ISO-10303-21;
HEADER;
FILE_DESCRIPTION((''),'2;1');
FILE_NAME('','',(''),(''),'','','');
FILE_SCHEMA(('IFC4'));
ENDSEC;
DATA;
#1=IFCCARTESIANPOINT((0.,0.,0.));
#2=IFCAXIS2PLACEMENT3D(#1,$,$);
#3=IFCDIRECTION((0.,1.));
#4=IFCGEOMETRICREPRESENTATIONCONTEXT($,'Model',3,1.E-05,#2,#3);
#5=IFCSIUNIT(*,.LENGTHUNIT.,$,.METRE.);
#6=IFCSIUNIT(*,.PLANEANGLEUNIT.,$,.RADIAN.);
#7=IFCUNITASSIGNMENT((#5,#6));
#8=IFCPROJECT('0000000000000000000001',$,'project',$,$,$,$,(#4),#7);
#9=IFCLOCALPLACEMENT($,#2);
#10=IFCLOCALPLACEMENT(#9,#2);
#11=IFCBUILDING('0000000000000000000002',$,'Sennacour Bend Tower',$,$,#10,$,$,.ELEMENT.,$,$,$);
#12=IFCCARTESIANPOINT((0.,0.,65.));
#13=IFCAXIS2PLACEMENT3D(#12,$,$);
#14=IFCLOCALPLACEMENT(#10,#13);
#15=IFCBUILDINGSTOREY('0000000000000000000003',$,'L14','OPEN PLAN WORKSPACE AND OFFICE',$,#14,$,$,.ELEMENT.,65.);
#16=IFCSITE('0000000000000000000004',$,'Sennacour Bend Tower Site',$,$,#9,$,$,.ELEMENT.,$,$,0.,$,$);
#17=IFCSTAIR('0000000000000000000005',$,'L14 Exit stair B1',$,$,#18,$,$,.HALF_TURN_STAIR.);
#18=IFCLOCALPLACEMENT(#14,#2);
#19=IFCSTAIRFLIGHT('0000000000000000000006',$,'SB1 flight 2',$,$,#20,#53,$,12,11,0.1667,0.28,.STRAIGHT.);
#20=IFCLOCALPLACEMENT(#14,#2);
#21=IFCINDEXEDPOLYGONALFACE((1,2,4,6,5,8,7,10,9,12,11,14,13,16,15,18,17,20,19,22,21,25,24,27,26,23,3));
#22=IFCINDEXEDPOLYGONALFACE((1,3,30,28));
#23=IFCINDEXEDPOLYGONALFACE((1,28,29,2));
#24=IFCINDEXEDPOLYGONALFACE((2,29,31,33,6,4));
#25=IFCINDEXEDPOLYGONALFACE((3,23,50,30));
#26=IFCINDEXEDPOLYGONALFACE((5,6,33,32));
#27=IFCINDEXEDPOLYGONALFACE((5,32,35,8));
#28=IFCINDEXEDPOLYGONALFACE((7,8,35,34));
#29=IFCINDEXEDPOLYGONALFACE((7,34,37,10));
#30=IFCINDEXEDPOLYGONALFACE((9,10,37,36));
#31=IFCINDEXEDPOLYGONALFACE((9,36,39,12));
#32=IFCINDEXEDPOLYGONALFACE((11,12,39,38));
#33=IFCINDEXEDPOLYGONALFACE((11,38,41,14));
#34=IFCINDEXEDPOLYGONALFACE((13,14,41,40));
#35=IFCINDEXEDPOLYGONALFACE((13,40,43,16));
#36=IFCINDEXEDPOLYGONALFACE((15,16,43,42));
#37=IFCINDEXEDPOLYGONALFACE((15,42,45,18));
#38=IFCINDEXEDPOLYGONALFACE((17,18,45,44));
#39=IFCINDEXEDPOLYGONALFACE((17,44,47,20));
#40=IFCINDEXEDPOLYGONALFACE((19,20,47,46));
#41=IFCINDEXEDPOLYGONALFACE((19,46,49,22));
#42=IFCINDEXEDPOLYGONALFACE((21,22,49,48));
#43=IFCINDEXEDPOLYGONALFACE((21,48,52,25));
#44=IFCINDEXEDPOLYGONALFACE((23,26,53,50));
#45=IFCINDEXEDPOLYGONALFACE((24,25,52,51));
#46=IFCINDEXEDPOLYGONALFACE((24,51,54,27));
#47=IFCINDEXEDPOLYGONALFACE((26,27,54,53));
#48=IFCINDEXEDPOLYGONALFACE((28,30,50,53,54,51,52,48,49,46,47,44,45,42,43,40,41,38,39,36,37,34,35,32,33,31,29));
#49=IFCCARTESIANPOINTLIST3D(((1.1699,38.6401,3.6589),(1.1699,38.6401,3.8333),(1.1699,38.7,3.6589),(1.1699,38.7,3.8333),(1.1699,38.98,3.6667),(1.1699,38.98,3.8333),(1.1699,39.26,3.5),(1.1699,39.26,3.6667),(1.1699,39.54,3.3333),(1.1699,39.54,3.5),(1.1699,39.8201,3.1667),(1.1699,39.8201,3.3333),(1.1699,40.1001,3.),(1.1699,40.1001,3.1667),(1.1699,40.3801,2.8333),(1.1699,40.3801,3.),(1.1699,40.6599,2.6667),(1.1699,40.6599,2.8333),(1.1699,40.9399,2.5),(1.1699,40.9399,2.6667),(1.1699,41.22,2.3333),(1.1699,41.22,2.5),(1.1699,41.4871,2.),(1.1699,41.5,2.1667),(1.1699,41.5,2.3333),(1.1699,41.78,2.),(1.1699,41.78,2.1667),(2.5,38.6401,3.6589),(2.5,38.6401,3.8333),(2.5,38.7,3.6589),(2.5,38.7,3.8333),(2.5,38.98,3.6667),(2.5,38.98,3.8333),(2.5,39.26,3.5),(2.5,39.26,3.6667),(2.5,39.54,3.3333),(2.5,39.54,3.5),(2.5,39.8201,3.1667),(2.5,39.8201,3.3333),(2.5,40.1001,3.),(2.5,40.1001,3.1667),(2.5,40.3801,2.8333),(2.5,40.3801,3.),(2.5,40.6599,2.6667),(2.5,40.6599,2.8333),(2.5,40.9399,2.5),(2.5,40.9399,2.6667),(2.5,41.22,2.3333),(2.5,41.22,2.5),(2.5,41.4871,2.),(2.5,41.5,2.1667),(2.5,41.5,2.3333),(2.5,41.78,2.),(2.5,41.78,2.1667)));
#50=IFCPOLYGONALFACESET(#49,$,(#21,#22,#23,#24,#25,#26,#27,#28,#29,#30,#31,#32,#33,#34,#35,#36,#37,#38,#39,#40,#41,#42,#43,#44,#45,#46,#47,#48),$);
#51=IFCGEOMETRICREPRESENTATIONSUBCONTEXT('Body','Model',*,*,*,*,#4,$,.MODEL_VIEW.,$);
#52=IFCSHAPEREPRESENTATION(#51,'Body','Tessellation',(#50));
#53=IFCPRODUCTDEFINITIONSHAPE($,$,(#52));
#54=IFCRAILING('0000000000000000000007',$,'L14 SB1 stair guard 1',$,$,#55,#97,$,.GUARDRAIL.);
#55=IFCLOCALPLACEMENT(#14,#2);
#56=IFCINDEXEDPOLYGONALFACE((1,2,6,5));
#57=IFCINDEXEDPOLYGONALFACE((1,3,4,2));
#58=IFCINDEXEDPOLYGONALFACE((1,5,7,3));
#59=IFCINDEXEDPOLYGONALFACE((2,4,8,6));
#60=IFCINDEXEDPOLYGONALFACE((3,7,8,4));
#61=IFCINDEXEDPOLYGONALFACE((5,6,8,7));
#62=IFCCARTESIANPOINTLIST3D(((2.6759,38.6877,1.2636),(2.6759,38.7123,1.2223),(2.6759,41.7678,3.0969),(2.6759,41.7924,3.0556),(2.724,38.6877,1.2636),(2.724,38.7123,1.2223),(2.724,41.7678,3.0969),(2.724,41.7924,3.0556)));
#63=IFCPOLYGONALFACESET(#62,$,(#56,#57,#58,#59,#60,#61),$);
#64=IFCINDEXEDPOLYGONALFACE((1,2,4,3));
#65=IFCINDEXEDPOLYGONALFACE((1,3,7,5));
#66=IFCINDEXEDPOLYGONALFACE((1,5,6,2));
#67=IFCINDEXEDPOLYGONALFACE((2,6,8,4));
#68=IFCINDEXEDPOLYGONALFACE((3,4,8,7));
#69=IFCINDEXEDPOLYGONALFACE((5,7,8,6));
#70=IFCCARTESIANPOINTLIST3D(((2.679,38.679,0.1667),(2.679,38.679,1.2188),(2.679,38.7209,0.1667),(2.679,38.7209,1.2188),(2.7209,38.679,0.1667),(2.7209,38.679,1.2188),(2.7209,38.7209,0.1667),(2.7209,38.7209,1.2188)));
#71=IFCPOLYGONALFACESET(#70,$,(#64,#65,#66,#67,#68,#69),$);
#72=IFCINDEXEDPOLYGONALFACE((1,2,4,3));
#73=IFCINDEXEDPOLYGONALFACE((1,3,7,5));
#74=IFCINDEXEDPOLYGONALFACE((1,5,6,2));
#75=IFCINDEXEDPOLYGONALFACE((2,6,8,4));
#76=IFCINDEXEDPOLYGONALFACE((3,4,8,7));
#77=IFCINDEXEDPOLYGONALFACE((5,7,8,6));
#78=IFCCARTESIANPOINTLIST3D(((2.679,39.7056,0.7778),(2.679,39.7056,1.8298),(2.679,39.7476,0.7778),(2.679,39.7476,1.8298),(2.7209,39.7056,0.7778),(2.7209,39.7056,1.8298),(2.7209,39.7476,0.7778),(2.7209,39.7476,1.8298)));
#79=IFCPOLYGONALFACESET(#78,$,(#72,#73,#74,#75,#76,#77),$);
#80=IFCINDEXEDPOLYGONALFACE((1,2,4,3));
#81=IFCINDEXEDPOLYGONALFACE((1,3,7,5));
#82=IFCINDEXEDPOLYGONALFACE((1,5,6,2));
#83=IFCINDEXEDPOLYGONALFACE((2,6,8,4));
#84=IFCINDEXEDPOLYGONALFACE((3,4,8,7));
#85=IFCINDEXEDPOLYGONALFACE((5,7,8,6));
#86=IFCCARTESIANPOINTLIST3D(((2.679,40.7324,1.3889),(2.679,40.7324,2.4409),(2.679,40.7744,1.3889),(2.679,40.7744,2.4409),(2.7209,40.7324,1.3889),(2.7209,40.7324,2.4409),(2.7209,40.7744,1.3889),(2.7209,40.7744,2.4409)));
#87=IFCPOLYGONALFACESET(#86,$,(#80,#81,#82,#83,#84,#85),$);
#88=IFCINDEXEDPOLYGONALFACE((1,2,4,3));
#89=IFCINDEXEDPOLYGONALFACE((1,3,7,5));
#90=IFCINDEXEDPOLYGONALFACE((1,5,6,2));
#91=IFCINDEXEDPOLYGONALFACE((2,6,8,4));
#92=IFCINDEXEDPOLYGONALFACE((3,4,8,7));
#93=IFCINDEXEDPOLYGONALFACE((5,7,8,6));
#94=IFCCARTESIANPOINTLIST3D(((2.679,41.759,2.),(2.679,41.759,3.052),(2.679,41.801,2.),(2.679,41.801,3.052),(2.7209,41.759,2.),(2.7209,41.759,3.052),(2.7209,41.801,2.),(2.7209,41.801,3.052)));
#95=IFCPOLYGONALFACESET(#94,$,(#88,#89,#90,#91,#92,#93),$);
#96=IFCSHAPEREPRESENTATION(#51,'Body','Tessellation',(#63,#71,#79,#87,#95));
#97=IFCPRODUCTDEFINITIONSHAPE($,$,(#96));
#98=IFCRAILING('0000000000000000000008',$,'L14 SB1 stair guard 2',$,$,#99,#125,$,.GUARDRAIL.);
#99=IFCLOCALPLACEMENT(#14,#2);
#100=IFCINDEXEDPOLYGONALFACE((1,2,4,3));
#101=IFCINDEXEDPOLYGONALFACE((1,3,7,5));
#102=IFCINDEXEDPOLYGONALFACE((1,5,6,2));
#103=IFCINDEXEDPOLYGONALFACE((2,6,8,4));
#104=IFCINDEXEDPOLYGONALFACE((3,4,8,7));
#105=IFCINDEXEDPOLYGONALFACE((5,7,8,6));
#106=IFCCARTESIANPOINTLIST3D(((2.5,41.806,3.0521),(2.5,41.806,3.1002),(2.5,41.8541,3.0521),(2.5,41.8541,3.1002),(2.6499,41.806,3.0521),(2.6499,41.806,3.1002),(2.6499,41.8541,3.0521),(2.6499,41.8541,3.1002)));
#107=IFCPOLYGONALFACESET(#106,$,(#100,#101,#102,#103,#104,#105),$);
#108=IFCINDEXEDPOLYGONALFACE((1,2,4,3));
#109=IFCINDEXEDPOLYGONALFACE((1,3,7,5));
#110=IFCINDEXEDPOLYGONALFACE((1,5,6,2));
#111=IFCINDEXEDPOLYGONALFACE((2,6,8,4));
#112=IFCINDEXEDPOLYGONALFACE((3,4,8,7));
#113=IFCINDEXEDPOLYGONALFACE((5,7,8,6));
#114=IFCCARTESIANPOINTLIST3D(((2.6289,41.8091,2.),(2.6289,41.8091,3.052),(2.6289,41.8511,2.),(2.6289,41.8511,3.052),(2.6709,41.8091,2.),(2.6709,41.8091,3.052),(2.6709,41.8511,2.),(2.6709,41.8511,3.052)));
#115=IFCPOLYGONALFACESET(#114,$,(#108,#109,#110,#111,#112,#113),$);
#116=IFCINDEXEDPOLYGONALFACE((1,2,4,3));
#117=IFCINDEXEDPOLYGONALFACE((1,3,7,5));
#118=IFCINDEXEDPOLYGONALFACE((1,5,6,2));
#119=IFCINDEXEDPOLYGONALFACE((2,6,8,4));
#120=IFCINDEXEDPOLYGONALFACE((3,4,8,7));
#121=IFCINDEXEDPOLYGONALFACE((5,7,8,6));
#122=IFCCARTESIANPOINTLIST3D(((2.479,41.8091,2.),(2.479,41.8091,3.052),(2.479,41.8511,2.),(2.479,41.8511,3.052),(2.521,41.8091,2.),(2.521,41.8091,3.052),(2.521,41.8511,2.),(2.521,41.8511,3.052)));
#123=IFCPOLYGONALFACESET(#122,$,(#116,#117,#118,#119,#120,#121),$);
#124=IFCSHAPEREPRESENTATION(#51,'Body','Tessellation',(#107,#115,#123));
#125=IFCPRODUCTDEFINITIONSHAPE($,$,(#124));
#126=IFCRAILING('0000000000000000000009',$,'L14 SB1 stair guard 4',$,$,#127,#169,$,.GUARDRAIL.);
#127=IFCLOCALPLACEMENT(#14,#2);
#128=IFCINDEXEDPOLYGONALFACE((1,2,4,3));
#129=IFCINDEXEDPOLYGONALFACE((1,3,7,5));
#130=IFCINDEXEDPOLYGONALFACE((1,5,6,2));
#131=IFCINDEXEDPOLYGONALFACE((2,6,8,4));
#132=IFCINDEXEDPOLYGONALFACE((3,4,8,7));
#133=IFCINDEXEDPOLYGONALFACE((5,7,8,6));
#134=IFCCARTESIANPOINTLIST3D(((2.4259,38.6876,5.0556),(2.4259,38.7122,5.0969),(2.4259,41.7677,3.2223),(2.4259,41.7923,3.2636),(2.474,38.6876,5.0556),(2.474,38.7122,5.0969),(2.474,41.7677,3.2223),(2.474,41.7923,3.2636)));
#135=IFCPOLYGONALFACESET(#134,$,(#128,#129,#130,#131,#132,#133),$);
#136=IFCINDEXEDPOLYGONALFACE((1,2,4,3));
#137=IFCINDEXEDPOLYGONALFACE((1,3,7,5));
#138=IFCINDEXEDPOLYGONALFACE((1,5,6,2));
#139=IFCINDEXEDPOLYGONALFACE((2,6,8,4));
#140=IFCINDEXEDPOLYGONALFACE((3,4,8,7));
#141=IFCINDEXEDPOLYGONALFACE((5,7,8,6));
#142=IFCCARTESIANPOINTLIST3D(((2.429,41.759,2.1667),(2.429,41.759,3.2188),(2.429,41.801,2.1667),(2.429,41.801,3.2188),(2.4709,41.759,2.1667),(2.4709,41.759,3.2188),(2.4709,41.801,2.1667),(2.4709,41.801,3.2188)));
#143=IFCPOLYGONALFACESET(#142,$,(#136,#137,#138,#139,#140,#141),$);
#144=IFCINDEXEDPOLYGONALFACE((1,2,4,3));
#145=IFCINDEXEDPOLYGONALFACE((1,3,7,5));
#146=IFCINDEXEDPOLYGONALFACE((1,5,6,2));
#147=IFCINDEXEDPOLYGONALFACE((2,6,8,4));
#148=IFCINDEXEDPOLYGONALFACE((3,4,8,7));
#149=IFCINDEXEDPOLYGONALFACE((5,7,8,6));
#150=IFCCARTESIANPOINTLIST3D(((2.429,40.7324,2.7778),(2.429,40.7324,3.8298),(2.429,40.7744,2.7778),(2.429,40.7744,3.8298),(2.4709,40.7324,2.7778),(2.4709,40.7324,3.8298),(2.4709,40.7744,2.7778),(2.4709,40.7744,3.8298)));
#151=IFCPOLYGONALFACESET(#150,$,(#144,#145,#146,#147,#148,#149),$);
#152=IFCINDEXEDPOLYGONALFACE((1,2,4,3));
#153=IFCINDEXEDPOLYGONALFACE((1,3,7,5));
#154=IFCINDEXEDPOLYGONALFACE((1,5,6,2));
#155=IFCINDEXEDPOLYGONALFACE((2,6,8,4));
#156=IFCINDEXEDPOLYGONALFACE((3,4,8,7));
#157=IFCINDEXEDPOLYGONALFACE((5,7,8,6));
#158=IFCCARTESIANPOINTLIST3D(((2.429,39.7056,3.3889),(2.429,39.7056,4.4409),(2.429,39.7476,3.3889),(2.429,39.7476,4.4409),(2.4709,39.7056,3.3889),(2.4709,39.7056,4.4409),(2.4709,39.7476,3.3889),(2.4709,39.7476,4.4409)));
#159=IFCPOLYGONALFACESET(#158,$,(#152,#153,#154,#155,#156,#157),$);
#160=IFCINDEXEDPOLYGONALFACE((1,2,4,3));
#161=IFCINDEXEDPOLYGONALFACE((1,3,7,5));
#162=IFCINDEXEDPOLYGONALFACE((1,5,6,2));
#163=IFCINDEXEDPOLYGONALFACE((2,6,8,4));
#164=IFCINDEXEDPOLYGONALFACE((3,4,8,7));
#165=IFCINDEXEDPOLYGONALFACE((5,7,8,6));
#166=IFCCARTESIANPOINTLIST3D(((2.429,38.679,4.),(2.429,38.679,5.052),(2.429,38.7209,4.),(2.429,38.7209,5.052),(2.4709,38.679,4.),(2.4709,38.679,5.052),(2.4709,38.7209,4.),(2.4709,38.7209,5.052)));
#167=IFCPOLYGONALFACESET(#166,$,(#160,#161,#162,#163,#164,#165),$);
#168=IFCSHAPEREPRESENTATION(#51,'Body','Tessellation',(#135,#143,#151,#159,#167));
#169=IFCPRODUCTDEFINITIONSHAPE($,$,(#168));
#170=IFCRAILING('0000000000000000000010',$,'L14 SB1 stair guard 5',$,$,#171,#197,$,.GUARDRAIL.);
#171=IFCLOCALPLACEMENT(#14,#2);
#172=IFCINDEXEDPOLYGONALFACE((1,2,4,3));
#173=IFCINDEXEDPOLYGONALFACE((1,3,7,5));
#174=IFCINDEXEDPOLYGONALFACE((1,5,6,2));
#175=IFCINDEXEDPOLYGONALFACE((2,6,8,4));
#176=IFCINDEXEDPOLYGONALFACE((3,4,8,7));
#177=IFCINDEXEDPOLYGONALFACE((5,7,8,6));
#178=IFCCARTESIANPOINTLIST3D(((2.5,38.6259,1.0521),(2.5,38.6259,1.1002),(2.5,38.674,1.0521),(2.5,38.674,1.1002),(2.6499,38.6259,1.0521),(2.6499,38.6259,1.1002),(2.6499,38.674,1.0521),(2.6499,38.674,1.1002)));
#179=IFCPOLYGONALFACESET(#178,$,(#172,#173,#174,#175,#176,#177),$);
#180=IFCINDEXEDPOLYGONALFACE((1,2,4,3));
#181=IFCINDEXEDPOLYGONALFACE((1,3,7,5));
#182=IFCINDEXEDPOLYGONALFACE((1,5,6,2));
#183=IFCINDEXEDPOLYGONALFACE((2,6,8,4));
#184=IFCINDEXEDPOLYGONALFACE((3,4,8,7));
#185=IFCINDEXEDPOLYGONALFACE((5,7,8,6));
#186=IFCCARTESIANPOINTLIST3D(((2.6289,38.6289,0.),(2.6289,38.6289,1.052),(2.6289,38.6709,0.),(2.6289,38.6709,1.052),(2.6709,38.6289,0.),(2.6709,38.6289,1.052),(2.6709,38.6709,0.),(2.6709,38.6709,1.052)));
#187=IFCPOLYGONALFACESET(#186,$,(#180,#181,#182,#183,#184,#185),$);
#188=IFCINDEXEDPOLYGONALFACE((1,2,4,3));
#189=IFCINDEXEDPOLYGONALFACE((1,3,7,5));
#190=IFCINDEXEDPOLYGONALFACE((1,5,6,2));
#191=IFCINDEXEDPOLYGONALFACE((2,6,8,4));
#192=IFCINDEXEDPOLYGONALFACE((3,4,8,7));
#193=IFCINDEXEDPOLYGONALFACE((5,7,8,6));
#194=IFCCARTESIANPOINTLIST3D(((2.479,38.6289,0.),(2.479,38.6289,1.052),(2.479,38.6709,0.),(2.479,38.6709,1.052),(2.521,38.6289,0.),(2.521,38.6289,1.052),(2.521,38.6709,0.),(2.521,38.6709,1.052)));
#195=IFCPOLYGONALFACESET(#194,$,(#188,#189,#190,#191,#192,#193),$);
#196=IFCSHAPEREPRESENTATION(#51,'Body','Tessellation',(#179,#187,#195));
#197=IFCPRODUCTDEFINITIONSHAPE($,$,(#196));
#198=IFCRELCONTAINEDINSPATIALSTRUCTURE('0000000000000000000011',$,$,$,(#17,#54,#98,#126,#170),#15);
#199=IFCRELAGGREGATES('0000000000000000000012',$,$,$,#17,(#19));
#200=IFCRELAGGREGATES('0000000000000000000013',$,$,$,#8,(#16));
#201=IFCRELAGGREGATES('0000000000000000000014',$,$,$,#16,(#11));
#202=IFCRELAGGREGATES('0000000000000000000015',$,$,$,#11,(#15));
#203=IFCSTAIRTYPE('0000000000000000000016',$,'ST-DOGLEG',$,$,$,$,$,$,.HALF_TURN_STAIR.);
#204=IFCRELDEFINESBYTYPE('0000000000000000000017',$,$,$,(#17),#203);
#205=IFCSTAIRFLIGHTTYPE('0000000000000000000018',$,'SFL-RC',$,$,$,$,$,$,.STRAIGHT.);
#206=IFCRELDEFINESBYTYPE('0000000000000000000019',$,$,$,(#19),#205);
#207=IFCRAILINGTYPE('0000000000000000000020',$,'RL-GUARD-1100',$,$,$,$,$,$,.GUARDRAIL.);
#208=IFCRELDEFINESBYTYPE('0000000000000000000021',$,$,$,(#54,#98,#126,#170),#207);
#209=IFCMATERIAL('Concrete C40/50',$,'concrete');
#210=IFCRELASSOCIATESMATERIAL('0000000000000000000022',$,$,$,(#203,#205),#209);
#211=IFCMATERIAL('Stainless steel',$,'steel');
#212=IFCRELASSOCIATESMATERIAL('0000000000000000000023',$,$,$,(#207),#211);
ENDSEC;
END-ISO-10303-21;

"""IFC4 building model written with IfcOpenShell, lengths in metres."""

from ifc_helpers import new_model, si_unit, direction, frame, origin, origin_2d, place, context, subcontext, project, spatial, polyline, rectangle, outline, extrude, material, type_object, element, aggregate, save


model = new_model("IFC4")

# Units and contexts
model_context = context("Model", 3, precision=1e-05, world=origin(), true_north=direction((0.0, 1.0)))
body_context = subcontext(model_context, "Body", "Model", "MODEL_VIEW")
ifc_project = project(units=[si_unit("LENGTHUNIT", "METRE"), si_unit("PLANEANGLEUNIT", "RADIAN")], contexts=[model_context])

# Site, building, storey
site_placement = place(None, origin())
site = spatial("IfcSite", under=ifc_project, at=site_placement, Name="Sennacour Bend Tower Site", CompositionType="ELEMENT", RefElevation=0.0)
building_placement = place(site_placement, origin())
building = spatial("IfcBuilding", under=site, at=building_placement, Name="Sennacour Bend Tower", CompositionType="ELEMENT")
storey_placement = place(building_placement, frame((0.0, 0.0, 65.0)))
storey = spatial("IfcBuildingStorey", under=building, at=storey_placement, Name="L14", Description="OPEN PLAN WORKSPACE AND OFFICE", CompositionType="ELEMENT", Elevation=65.0)

# Stair, stair flight
ifc_material_1 = material(Name="Concrete C40/50", Category="concrete")
stair_type = type_object("IfcStairType", Name="ST-DOGLEG", PredefinedType="HALF_TURN_STAIR", material=ifc_material_1)
stair_placement = place(storey_placement, origin())
stair = element("IfcStair", 1, at=stair_placement, inside=storey, type_object=stair_type, Name="L14 Exit stair B1", PredefinedType="HALF_TURN_STAIR")
stair_flight_type = type_object("IfcStairFlightType", Name="SFL-RC", PredefinedType="STRAIGHT", material=ifc_material_1)
stair_flight_1_placement = place(storey_placement, frame((1.835, 41.78, 2.0), z_axis=(0.0, 0.0, 1.0), x_axis=(0.0, -1.0, 0.0)))
stair_flight_1 = element("IfcStairFlight", 2, at=stair_flight_1_placement, type_object=stair_flight_type, Name="SB1 flight 2", NumberOfRisers=12, NumberOfTreads=11, PredefinedType="STRAIGHT", RiserHeight=0.1667, TreadLength=0.28, context=body_context, shape_type="SweptSolid", body=[
    extrude(outline(polyline([(0.0, 0.0), (0.0, 0.1667), (0.28, 0.1667), (0.28, 0.3333), (0.5601, 0.3333), (0.5601, 0.5), (0.8401, 0.5), (0.8401, 0.6667), (1.1201, 0.6667), (1.1201, 0.8333), (1.3999, 0.8333), (1.3999, 1.0), (1.6799, 1.0), (1.6799, 1.1667), (1.96, 1.1667), (1.96, 1.3333), (2.24, 1.3333), (2.24, 1.5), (2.52, 1.5), (2.52, 1.6667), (2.8, 1.6667), (2.8, 1.8333), (3.0801, 1.8333), (3.1399, 1.8333), (3.1399, 1.6589), (3.0801, 1.6589), (0.293, 0.0), (0.0, 0.0)])), frame((0.0, 0.665, 0.0), z_axis=(0.0, -1.0, 0.0), x_axis=(1.0, 0.0, 0.0)), (0.0, 0.0, 1.0), 1.3301),
])
aggregate(stair, [stair_flight_1])

# Railings
ifc_material_2 = material(Name="Stainless steel", Category="steel")
railing_type_1 = type_object("IfcRailingType", Name="RL-GUARD-1100", PredefinedType="GUARDRAIL", material=ifc_material_2)
railing_1_placement = place(storey_placement, frame((2.7, 38.7, 0.1667)))
element("IfcRailing", 3, at=railing_1_placement, inside=storey, type_object=railing_type_1, Name="L14 SB1 stair guard 1", PredefinedType="GUARDRAIL", context=body_context, shape_type="SweptSolid", body=[
    extrude(rectangle(XDim=0.0481, YDim=0.0481, at=origin_2d()), frame((0.0, 0.0, 1.0762), z_axis=(0.0, 0.859309, 0.511458), x_axis=(-1.0, 0.0, 0.0)), (0.0, 0.0, 1.0), 3.5845),
    extrude(rectangle(XDim=0.042, YDim=0.042, at=origin_2d()), origin(), (0.0, 0.0, 1.0), 1.052),
    extrude(rectangle(XDim=0.042, YDim=0.042, at=origin_2d()), frame((0.0, 1.0266, 0.6111)), (0.0, 0.0, 1.0), 1.052),
    extrude(rectangle(XDim=0.042, YDim=0.042, at=origin_2d()), frame((0.0, 2.0535, 1.2222)), (0.0, 0.0, 1.0), 1.052),
    extrude(rectangle(XDim=0.042, YDim=0.042, at=origin_2d()), frame((0.0, 3.0801, 1.8333)), (0.0, 0.0, 1.0), 1.052),
])
railing_2_placement = place(storey_placement, frame((2.6499, 41.8301, 2.0)))
element("IfcRailing", 4, at=railing_2_placement, inside=storey, type_object=railing_type_1, Name="L14 SB1 stair guard 2", PredefinedType="GUARDRAIL", context=body_context, shape_type="SweptSolid", body=[
    extrude(rectangle(XDim=0.0481, YDim=0.0481, at=origin_2d()), frame((0.0, 0.0, 1.0762), z_axis=(-1.0, 0.0, 0.0), x_axis=(0.0, -1.0, 0.0)), (0.0, 0.0, 1.0), 0.1499),
    extrude(rectangle(XDim=0.042, YDim=0.042, at=origin_2d()), origin(), (0.0, 0.0, 1.0), 1.052),
    extrude(rectangle(XDim=0.042, YDim=0.042, at=origin_2d()), frame((-0.1499, 0.0, 0.0)), (0.0, 0.0, 1.0), 1.052),
])
railing_3_placement = place(storey_placement, frame((2.45, 41.78, 2.1667)))
element("IfcRailing", 5, at=railing_3_placement, inside=storey, type_object=railing_type_1, Name="L14 SB1 stair guard 4", PredefinedType="GUARDRAIL", context=body_context, shape_type="SweptSolid", body=[
    extrude(rectangle(XDim=0.0481, YDim=0.0481, at=origin_2d()), frame((0.0, 0.0, 1.0762), z_axis=(0.0, -0.859309, 0.511458), x_axis=(1.0, 0.0, 0.0)), (0.0, 0.0, 1.0), 3.5845),
    extrude(rectangle(XDim=0.042, YDim=0.042, at=origin_2d()), origin(), (0.0, 0.0, 1.0), 1.052),
    extrude(rectangle(XDim=0.042, YDim=0.042, at=origin_2d()), frame((0.0, -1.0266, 0.6111)), (0.0, 0.0, 1.0), 1.052),
    extrude(rectangle(XDim=0.042, YDim=0.042, at=origin_2d()), frame((0.0, -2.0535, 1.2222)), (0.0, 0.0, 1.0), 1.052),
    extrude(rectangle(XDim=0.042, YDim=0.042, at=origin_2d()), frame((0.0, -3.0801, 1.8333)), (0.0, 0.0, 1.0), 1.052),
])
railing_4_placement = place(storey_placement, frame((2.6499, 38.6499, 0.0)))
element("IfcRailing", 6, at=railing_4_placement, inside=storey, type_object=railing_type_1, Name="L14 SB1 stair guard 5", PredefinedType="GUARDRAIL", context=body_context, shape_type="SweptSolid", body=[
    extrude(rectangle(XDim=0.0481, YDim=0.0481, at=origin_2d()), frame((0.0, 0.0, 1.0762), z_axis=(-1.0, 0.0, 0.0), x_axis=(0.0, -1.0, 0.0)), (0.0, 0.0, 1.0), 0.1499),
    extrude(rectangle(XDim=0.042, YDim=0.042, at=origin_2d()), origin(), (0.0, 0.0, 1.0), 1.052),
    extrude(rectangle(XDim=0.042, YDim=0.042, at=origin_2d()), frame((-0.1499, 0.0, 0.0)), (0.0, 0.0, 1.0), 1.052),
])

save(model, "model.ifc")
